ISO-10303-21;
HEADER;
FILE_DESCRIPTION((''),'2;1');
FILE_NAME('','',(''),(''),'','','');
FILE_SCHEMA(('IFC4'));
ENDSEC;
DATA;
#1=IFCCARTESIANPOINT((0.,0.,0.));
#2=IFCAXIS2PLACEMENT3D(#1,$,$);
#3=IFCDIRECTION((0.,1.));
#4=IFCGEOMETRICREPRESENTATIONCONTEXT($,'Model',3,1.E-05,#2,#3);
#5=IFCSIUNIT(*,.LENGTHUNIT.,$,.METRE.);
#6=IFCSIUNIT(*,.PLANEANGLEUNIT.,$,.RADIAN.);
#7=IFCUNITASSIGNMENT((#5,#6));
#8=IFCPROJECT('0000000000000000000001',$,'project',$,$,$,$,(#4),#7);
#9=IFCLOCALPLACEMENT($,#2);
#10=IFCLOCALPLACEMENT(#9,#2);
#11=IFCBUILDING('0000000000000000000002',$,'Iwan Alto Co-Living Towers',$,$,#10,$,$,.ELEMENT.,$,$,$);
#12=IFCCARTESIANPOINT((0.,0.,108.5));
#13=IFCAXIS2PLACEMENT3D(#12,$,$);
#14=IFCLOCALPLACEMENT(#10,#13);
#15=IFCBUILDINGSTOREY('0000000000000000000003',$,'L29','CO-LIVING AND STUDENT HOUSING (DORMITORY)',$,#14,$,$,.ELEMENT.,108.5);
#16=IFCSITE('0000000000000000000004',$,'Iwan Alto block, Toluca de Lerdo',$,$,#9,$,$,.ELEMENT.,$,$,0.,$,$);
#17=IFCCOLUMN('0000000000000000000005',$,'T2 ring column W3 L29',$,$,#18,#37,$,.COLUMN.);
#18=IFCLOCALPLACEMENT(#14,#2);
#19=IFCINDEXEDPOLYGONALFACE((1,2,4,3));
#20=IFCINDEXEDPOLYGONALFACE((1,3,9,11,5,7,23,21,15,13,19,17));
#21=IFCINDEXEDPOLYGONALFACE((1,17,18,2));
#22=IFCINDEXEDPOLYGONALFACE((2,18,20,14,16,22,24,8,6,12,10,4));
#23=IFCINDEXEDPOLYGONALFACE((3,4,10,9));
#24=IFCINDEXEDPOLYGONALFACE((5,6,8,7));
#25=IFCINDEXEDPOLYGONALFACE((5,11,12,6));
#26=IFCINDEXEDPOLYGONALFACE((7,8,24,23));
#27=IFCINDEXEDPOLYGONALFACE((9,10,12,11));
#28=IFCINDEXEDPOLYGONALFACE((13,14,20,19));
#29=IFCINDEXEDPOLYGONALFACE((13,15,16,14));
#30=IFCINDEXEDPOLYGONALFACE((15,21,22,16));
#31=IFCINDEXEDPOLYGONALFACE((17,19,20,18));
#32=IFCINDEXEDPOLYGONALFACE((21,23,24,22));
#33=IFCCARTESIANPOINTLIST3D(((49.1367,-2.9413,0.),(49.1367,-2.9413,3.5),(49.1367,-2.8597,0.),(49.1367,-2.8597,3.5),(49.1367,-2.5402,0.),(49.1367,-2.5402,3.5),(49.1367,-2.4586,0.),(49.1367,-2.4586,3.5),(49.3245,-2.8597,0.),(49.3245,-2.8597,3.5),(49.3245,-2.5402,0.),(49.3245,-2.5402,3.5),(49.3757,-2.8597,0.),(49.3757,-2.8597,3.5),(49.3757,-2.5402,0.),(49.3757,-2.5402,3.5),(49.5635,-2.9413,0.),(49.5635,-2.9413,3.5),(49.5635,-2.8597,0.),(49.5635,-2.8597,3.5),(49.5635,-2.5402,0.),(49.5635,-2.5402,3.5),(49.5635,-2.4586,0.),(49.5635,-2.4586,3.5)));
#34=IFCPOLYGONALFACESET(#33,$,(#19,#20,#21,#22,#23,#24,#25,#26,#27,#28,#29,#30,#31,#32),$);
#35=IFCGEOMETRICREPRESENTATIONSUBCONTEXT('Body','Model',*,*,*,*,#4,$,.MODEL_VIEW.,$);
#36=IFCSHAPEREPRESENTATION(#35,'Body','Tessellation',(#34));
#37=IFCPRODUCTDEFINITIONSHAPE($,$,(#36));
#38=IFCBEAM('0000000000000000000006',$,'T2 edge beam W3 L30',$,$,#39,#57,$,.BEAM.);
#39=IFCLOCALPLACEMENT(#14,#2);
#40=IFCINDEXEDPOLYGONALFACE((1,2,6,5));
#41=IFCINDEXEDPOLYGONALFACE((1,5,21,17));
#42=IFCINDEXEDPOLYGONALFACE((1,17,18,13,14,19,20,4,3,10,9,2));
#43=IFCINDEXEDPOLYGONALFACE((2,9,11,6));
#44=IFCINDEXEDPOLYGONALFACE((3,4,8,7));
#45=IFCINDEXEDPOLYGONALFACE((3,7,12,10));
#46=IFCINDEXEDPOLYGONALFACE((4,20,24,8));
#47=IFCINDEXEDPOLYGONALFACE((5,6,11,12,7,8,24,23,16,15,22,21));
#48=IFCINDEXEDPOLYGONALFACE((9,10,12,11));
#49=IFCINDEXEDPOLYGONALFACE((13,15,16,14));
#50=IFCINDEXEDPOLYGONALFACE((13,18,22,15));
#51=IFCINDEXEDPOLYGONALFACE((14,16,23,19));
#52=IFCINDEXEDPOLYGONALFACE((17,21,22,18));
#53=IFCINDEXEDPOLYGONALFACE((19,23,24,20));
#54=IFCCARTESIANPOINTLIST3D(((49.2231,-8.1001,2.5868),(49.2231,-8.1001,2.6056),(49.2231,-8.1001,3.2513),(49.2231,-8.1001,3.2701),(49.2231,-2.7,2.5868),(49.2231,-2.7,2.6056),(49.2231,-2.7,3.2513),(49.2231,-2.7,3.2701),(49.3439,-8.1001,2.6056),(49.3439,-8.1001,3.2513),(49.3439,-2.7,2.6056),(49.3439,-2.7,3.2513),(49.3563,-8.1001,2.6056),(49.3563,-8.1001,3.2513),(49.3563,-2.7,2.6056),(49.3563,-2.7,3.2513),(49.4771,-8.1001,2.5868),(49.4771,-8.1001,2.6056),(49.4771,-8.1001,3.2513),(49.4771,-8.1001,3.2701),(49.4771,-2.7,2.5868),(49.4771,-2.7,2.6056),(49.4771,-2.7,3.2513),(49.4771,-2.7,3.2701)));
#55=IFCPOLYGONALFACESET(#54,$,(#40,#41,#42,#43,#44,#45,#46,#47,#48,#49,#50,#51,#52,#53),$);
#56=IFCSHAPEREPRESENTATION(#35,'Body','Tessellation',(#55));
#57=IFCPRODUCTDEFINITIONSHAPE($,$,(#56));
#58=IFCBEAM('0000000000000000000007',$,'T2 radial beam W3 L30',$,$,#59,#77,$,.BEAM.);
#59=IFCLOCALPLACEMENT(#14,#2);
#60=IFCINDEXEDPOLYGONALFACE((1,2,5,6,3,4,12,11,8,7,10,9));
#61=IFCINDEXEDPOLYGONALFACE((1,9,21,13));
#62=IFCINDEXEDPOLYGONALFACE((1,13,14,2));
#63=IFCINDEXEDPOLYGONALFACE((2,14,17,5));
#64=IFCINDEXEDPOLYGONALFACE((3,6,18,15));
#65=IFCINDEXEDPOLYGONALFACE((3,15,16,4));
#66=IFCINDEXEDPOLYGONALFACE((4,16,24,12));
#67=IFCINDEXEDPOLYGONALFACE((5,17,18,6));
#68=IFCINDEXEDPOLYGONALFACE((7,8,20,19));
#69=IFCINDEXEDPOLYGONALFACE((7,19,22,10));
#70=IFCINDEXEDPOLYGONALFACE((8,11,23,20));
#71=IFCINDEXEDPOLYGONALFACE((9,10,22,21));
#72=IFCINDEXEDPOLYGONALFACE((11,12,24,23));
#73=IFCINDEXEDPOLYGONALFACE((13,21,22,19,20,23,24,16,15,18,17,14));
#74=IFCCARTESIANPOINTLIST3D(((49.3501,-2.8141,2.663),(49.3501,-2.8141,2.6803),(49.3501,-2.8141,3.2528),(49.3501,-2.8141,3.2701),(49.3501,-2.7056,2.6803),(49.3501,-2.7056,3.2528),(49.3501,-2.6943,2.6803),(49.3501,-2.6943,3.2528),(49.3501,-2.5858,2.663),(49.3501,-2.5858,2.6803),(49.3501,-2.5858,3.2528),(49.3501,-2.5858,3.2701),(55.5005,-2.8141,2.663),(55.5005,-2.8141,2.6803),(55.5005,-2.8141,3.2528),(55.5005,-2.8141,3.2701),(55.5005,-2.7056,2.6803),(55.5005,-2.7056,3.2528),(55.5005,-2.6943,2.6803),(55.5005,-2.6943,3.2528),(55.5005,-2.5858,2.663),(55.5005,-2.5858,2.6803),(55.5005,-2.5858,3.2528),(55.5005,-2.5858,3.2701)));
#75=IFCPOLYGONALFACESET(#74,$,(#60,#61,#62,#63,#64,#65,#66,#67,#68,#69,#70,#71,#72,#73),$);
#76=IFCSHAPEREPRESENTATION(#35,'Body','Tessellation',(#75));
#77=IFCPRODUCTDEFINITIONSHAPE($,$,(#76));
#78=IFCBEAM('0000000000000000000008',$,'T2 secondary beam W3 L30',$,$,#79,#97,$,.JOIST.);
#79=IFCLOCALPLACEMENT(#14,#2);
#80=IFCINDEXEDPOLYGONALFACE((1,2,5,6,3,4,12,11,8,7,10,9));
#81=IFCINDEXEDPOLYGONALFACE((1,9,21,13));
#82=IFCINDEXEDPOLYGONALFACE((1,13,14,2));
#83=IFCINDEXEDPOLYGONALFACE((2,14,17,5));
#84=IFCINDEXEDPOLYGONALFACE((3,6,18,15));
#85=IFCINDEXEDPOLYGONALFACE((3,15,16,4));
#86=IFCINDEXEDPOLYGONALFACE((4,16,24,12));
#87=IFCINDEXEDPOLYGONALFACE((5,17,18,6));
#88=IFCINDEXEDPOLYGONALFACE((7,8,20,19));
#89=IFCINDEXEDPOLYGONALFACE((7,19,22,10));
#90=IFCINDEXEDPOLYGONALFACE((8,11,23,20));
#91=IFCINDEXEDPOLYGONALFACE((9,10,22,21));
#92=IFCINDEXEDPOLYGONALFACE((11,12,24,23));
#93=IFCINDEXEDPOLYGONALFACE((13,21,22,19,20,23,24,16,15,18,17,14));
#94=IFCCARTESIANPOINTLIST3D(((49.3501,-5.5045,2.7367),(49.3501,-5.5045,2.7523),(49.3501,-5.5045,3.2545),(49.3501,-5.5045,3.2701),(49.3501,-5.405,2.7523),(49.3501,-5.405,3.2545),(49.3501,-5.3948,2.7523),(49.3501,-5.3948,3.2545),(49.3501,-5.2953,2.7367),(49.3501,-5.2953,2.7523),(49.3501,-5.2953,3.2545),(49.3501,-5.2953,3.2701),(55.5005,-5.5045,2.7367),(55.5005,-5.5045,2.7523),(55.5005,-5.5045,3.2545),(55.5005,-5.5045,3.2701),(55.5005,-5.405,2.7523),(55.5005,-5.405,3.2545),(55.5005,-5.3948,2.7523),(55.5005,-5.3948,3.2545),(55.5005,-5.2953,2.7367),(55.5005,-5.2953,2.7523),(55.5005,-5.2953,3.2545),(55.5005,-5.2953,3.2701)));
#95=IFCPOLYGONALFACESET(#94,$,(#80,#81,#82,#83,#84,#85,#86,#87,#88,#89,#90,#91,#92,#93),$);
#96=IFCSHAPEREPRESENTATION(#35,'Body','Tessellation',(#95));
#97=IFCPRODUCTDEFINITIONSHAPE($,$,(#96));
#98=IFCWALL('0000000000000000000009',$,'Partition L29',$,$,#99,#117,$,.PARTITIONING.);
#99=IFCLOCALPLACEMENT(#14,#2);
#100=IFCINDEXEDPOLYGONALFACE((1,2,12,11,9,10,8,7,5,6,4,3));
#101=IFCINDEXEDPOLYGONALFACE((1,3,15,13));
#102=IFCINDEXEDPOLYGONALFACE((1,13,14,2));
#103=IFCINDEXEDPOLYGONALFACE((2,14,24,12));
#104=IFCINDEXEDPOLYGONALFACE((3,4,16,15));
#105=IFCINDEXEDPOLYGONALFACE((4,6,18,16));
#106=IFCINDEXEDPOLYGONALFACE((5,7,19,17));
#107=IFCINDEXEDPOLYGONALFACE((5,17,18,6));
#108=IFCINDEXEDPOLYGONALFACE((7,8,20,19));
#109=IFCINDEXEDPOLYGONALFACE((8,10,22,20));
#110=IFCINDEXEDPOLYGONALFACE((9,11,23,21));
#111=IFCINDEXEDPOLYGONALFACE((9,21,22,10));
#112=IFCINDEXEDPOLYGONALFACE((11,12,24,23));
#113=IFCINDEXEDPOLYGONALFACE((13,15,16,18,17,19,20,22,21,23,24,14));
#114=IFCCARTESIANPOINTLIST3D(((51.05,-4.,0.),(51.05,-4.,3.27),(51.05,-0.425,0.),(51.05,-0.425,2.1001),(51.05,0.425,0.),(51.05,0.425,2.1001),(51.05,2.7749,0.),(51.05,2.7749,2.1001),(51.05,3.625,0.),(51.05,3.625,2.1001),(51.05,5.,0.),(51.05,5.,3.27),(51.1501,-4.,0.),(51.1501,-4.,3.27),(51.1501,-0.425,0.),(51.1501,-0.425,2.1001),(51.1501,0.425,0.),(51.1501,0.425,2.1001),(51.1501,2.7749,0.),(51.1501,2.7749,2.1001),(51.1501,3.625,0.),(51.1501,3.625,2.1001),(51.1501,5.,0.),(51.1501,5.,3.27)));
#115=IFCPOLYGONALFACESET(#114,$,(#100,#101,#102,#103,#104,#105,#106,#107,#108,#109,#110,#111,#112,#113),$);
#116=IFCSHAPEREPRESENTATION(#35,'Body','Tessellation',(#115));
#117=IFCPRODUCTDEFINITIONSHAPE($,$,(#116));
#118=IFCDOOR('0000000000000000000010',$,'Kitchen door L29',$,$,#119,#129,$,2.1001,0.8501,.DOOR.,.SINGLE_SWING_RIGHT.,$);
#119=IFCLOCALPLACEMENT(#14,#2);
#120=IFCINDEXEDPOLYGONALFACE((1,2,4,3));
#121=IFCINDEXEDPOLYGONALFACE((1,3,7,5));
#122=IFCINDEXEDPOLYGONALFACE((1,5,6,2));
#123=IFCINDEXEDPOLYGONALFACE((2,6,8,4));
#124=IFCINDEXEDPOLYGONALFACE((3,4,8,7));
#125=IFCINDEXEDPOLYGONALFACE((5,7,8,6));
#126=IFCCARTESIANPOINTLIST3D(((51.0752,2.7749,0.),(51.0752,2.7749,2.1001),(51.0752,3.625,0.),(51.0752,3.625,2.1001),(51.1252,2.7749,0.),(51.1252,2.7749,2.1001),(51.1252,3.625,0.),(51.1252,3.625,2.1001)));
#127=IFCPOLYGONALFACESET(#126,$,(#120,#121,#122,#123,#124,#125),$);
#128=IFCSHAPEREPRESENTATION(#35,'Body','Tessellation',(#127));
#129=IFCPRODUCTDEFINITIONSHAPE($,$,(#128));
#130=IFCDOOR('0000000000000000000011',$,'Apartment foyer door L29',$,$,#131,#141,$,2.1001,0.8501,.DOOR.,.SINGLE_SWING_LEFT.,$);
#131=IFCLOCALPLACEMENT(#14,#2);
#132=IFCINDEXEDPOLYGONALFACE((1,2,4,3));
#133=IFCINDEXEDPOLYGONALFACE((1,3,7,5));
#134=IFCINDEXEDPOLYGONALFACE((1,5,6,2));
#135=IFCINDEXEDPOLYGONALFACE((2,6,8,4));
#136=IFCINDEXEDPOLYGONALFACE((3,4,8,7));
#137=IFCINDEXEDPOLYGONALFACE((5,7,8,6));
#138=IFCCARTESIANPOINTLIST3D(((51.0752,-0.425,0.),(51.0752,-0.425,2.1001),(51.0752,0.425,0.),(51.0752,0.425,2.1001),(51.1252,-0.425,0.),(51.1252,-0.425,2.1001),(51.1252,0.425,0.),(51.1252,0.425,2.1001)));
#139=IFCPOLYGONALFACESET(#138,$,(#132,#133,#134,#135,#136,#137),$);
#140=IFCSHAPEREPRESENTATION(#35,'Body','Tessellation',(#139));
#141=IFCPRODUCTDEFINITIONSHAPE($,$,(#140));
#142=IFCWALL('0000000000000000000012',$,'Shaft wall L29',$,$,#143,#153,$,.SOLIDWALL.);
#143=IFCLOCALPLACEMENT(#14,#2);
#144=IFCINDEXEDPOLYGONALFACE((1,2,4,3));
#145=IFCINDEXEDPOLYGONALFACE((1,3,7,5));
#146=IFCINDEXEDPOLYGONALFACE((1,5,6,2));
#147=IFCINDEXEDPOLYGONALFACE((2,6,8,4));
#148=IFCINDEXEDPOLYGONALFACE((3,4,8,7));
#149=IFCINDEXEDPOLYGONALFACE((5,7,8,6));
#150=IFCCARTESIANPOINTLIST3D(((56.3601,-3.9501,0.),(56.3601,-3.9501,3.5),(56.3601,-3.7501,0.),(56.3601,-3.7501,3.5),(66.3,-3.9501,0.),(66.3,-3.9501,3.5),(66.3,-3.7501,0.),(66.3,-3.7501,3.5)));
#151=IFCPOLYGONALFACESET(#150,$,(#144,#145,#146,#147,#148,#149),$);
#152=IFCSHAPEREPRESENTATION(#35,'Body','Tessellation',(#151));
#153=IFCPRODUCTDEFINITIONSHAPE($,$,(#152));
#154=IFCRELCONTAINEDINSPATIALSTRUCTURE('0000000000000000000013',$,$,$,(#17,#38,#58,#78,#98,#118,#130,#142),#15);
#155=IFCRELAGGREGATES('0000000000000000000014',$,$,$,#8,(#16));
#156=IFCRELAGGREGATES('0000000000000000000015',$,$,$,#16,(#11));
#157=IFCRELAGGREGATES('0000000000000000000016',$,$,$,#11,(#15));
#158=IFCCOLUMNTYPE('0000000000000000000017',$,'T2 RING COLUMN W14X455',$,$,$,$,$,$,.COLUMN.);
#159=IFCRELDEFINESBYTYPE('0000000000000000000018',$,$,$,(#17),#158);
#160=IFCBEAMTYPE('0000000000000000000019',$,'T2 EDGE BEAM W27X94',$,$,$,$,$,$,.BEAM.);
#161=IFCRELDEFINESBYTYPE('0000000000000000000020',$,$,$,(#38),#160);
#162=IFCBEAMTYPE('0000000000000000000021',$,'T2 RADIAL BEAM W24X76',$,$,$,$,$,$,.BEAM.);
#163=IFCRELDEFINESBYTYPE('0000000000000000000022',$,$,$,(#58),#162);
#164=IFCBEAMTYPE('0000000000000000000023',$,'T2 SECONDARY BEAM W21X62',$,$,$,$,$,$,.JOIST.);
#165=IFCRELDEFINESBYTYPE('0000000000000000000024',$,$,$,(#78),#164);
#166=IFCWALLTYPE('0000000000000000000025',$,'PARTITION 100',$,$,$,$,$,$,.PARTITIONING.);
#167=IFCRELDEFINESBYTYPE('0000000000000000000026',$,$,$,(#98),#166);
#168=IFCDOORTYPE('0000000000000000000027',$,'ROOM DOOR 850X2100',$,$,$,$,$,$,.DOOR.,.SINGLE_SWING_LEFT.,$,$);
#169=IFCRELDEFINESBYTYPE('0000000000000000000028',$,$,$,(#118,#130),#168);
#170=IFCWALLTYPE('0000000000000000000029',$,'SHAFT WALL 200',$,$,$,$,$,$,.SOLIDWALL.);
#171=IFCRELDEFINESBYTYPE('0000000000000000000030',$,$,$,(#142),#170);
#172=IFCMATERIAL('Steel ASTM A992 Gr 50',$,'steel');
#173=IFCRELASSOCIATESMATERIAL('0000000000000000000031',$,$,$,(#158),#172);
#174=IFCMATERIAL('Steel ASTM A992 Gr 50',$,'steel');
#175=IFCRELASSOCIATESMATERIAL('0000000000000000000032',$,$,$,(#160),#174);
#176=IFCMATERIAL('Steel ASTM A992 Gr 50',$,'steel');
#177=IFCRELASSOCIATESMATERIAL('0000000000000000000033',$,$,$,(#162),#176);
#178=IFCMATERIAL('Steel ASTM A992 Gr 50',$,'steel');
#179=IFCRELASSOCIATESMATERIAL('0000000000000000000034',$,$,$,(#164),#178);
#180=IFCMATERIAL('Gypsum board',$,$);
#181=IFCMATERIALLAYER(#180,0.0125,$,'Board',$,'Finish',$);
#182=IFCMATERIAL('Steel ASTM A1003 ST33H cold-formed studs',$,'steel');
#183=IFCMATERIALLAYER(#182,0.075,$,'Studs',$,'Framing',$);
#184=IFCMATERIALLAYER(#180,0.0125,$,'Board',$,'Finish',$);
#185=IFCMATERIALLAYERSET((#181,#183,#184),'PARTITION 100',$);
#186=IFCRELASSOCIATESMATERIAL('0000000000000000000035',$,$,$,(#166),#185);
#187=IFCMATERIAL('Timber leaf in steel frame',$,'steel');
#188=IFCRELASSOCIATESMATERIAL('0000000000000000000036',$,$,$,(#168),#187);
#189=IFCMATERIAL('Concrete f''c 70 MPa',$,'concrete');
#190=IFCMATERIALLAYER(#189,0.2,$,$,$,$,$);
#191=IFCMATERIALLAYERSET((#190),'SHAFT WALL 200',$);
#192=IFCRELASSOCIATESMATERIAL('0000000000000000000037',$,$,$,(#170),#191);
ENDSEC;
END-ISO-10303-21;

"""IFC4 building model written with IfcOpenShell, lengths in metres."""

from ifc_helpers import new_model, si_unit, direction, frame, frame_2d, origin, origin_2d, place, context, subcontext, project, spatial, rectangle, i_section, extrude, material, layer, layer_set, material_profile, profile_set, type_object, element, fill, save


model = new_model("IFC4")

# Units and contexts
model_context = context("Model", 3, precision=1e-05, world=origin(), true_north=direction((0.0, 1.0)))
body_context = subcontext(model_context, "Body", "Model", "MODEL_VIEW")
ifc_project = project(units=[si_unit("LENGTHUNIT", "METRE"), si_unit("PLANEANGLEUNIT", "RADIAN")], contexts=[model_context])

# Site, building, storey
site_placement = place(None, origin())
site = spatial("IfcSite", under=ifc_project, at=site_placement, Name="Iwan Alto block, Toluca de Lerdo", CompositionType="ELEMENT", RefElevation=0.0)
building_placement = place(site_placement, origin())
building = spatial("IfcBuilding", under=site, at=building_placement, Name="Iwan Alto Co-Living Towers", CompositionType="ELEMENT")
storey_placement = place(building_placement, frame((0.0, 0.0, 108.5)))
storey = spatial("IfcBuildingStorey", under=building, at=storey_placement, Name="L29", Description="CO-LIVING AND STUDENT HOUSING (DORMITORY)", CompositionType="ELEMENT", Elevation=108.5)

# Column
ifc_material_1 = material(Name="Steel ASTM A992 Gr 50", Category="steel")
ifc_material_profile_1 = material_profile(ifc_material_1, i_section(OverallWidth=0.4268, OverallDepth=0.4827, WebThickness=0.0513, FlangeThickness=0.0815, at=origin_2d()), Name="W14X455")
ifc_profile_set_1 = profile_set([ifc_material_profile_1], Name="Steel ASTM A992 Gr 50")
column_type = type_object("IfcColumnType", Name="T2 RING COLUMN W14X455", PredefinedType="COLUMN", material=ifc_profile_set_1)
column_placement = place(storey_placement, frame((49.3501, -2.7, 0.0), z_axis=(0.0, 0.0, 1.0), x_axis=(1.0, 0.0, 0.0)))
element("IfcColumn", 1, at=column_placement, inside=storey, type_object=column_type, Name="T2 ring column W3 L29", PredefinedType="COLUMN", context=body_context, shape_type="SweptSolid", body=[
    extrude(i_section(OverallWidth=0.4268, OverallDepth=0.4827, WebThickness=0.0513, FlangeThickness=0.0815, at=origin_2d()), origin(), (0.0, 0.0, 1.0), 3.5),
])

# Beams
ifc_material_2 = material(Name="Steel ASTM A992 Gr 50", Category="steel")
ifc_material_profile_2 = material_profile(ifc_material_2, i_section(OverallWidth=0.2539, OverallDepth=0.6833, WebThickness=0.0125, FlangeThickness=0.0188, at=origin_2d()), Name="W27X94")
ifc_profile_set_2 = profile_set([ifc_material_profile_2], Name="Steel ASTM A992 Gr 50")
beam_type_1 = type_object("IfcBeamType", Name="T2 EDGE BEAM W27X94", PredefinedType="BEAM", material=ifc_profile_set_2)
beam_1_placement = place(storey_placement, frame((49.3501, -2.7, 2.9285), z_axis=(0.0, -1.0, 0.0), x_axis=(1.0, 0.0, 0.0)))
element("IfcBeam", 2, at=beam_1_placement, inside=storey, type_object=beam_type_1, Name="T2 edge beam W3 L30", PredefinedType="BEAM", context=body_context, shape_type="SweptSolid", body=[
    extrude(i_section(OverallWidth=0.2539, OverallDepth=0.6833, WebThickness=0.0125, FlangeThickness=0.0188, at=origin_2d()), origin(), (0.0, 0.0, 1.0), 5.4001),
])
ifc_material_3 = material(Name="Steel ASTM A992 Gr 50", Category="steel")
ifc_material_profile_3 = material_profile(ifc_material_3, i_section(OverallWidth=0.2283, OverallDepth=0.6072, WebThickness=0.0112, FlangeThickness=0.0173, at=origin_2d()), Name="W24X76")
ifc_profile_set_3 = profile_set([ifc_material_profile_3], Name="Steel ASTM A992 Gr 50")
beam_type_2 = type_object("IfcBeamType", Name="T2 RADIAL BEAM W24X76", PredefinedType="BEAM", material=ifc_profile_set_3)
beam_2_placement = place(storey_placement, frame((49.3501, -2.7, 2.9666), z_axis=(1.0, 0.0, 0.0), x_axis=(0.0, 1.0, 0.0)))
element("IfcBeam", 3, at=beam_2_placement, inside=storey, type_object=beam_type_2, Name="T2 radial beam W3 L30", PredefinedType="BEAM", context=body_context, shape_type="SweptSolid", body=[
    extrude(i_section(OverallWidth=0.2283, OverallDepth=0.6072, WebThickness=0.0112, FlangeThickness=0.0173, at=origin_2d()), origin(), (0.0, 0.0, 1.0), 6.1504),
])
ifc_material_4 = material(Name="Steel ASTM A992 Gr 50", Category="steel")
ifc_material_profile_4 = material_profile(ifc_material_4, i_section(OverallWidth=0.2092, OverallDepth=0.5334, WebThickness=0.0103, FlangeThickness=0.0156, at=origin_2d()), Name="W21X62")
ifc_profile_set_4 = profile_set([ifc_material_profile_4], Name="Steel ASTM A992 Gr 50")
beam_type_3 = type_object("IfcBeamType", Name="T2 SECONDARY BEAM W21X62", PredefinedType="JOIST", material=ifc_profile_set_4)
beam_3_placement = place(storey_placement, frame((49.3501, -5.3999, 3.0034), z_axis=(1.0, 0.0, 0.0), x_axis=(0.0, 1.0, 0.0)))
element("IfcBeam", 4, at=beam_3_placement, inside=storey, type_object=beam_type_3, Name="T2 secondary beam W3 L30", PredefinedType="JOIST", context=body_context, shape_type="SweptSolid", body=[
    extrude(i_section(OverallWidth=0.2092, OverallDepth=0.5334, WebThickness=0.0103, FlangeThickness=0.0156, at=origin_2d()), origin(), (0.0, 0.0, 1.0), 6.1504),
])

# Wall, openings, doors
ifc_material_5 = material(Name="Gypsum board")
ifc_layer_1 = layer(ifc_material_5, 0.0125, Name="Board", Category="Finish")
ifc_material_6 = material(Name="Steel ASTM A1003 ST33H cold-formed studs", Category="steel")
ifc_layer_2 = layer(ifc_material_6, 0.075, Name="Studs", Category="Framing")
ifc_layer_3 = layer(ifc_material_5, 0.0125, Name="Board", Category="Finish")
ifc_layer_set_1 = layer_set([ifc_layer_1, ifc_layer_2, ifc_layer_3], Name="PARTITION 100")
wall_type_1 = type_object("IfcWallType", Name="PARTITION 100", PredefinedType="PARTITIONING", material=ifc_layer_set_1)
wall_1_placement = place(storey_placement, frame((51.1001, -4.0, 0.0), z_axis=(0.0, 0.0, 1.0), x_axis=(0.0, 1.0, 0.0)))
wall_1 = element("IfcWall", 5, at=wall_1_placement, inside=storey, type_object=wall_type_1, Name="Partition L29", PredefinedType="PARTITIONING", context=body_context, shape_type="SweptSolid", body=[
    extrude(rectangle(XDim=9.0, YDim=0.1001, at=frame_2d((4.5, 0.0))), origin(), (0.0, 0.0, 1.0), 3.27),
])
opening_1_placement = place(wall_1_placement, frame((6.7749, 0.0, 0.0)))
opening_1 = element("IfcOpeningElement", 6, at=opening_1_placement, cuts=wall_1, PredefinedType="OPENING", context=body_context, shape_type="SweptSolid", body=[
    extrude(rectangle(XDim=0.8501, YDim=2.1001, at=frame_2d((0.425, 1.05))), frame((0.0, 0.0601, 0.0), z_axis=(0.0, -1.0, 0.0), x_axis=(1.0, 0.0, 0.0)), (0.0, 0.0, 1.0), 0.1201),
])
opening_2_placement = place(wall_1_placement, frame((3.575, 0.0, 0.0)))
opening_2 = element("IfcOpeningElement", 7, at=opening_2_placement, cuts=wall_1, PredefinedType="OPENING", context=body_context, shape_type="SweptSolid", body=[
    extrude(rectangle(XDim=0.8501, YDim=2.1001, at=frame_2d((0.425, 1.05))), frame((0.0, 0.0601, 0.0), z_axis=(0.0, -1.0, 0.0), x_axis=(1.0, 0.0, 0.0)), (0.0, 0.0, 1.0), 0.1201),
])
ifc_material_7 = material(Name="Timber leaf in steel frame", Category="steel")
door_type_1 = type_object("IfcDoorType", Name="ROOM DOOR 850X2100", OperationType="SINGLE_SWING_LEFT", PredefinedType="DOOR", material=ifc_material_7)
door_1_placement = place(opening_1_placement, origin())
door_1 = element("IfcDoor", 8, at=door_1_placement, inside=storey, type_object=door_type_1, Name="Kitchen door L29", OperationType="SINGLE_SWING_RIGHT", OverallHeight=2.1001, OverallWidth=0.8501, PredefinedType="DOOR", context=body_context, shape_type="SweptSolid", body=[
    extrude(rectangle(XDim=0.8501, YDim=2.1001, at=frame_2d((0.425, 1.05))), frame((0.0, 0.0249, 0.0), z_axis=(0.0, -1.0, 0.0), x_axis=(1.0, 0.0, 0.0)), (0.0, 0.0, 1.0), 0.05),
])
fill(opening_1, door_1)
door_2_placement = place(opening_2_placement, origin())
door_2 = element("IfcDoor", 9, at=door_2_placement, inside=storey, type_object=door_type_1, Name="Apartment foyer door L29", OperationType="SINGLE_SWING_LEFT", OverallHeight=2.1001, OverallWidth=0.8501, PredefinedType="DOOR", context=body_context, shape_type="SweptSolid", body=[
    extrude(rectangle(XDim=0.8501, YDim=2.1001, at=frame_2d((0.425, 1.05))), frame((0.0, 0.0249, 0.0), z_axis=(0.0, -1.0, 0.0), x_axis=(1.0, 0.0, 0.0)), (0.0, 0.0, 1.0), 0.05),
])
fill(opening_2, door_2)

# Wall
ifc_material_8 = material(Name="Concrete f'c 70 MPa", Category="concrete")
ifc_layer_4 = layer(ifc_material_8, 0.2)
ifc_layer_set_2 = layer_set([ifc_layer_4], Name="SHAFT WALL 200")
wall_type_2 = type_object("IfcWallType", Name="SHAFT WALL 200", PredefinedType="SOLIDWALL", material=ifc_layer_set_2)
wall_2_placement = place(storey_placement, frame((56.3601, -3.8501, 0.0), z_axis=(0.0, 0.0, 1.0), x_axis=(1.0, 0.0, 0.0)))
element("IfcWall", 10, at=wall_2_placement, inside=storey, type_object=wall_type_2, Name="Shaft wall L29", PredefinedType="SOLIDWALL", context=body_context, shape_type="SweptSolid", body=[
    extrude(rectangle(XDim=9.9399, YDim=0.2, at=frame_2d((4.97, 0.0))), origin(), (0.0, 0.0, 1.0), 3.5),
])

save(model, "model.ifc")
